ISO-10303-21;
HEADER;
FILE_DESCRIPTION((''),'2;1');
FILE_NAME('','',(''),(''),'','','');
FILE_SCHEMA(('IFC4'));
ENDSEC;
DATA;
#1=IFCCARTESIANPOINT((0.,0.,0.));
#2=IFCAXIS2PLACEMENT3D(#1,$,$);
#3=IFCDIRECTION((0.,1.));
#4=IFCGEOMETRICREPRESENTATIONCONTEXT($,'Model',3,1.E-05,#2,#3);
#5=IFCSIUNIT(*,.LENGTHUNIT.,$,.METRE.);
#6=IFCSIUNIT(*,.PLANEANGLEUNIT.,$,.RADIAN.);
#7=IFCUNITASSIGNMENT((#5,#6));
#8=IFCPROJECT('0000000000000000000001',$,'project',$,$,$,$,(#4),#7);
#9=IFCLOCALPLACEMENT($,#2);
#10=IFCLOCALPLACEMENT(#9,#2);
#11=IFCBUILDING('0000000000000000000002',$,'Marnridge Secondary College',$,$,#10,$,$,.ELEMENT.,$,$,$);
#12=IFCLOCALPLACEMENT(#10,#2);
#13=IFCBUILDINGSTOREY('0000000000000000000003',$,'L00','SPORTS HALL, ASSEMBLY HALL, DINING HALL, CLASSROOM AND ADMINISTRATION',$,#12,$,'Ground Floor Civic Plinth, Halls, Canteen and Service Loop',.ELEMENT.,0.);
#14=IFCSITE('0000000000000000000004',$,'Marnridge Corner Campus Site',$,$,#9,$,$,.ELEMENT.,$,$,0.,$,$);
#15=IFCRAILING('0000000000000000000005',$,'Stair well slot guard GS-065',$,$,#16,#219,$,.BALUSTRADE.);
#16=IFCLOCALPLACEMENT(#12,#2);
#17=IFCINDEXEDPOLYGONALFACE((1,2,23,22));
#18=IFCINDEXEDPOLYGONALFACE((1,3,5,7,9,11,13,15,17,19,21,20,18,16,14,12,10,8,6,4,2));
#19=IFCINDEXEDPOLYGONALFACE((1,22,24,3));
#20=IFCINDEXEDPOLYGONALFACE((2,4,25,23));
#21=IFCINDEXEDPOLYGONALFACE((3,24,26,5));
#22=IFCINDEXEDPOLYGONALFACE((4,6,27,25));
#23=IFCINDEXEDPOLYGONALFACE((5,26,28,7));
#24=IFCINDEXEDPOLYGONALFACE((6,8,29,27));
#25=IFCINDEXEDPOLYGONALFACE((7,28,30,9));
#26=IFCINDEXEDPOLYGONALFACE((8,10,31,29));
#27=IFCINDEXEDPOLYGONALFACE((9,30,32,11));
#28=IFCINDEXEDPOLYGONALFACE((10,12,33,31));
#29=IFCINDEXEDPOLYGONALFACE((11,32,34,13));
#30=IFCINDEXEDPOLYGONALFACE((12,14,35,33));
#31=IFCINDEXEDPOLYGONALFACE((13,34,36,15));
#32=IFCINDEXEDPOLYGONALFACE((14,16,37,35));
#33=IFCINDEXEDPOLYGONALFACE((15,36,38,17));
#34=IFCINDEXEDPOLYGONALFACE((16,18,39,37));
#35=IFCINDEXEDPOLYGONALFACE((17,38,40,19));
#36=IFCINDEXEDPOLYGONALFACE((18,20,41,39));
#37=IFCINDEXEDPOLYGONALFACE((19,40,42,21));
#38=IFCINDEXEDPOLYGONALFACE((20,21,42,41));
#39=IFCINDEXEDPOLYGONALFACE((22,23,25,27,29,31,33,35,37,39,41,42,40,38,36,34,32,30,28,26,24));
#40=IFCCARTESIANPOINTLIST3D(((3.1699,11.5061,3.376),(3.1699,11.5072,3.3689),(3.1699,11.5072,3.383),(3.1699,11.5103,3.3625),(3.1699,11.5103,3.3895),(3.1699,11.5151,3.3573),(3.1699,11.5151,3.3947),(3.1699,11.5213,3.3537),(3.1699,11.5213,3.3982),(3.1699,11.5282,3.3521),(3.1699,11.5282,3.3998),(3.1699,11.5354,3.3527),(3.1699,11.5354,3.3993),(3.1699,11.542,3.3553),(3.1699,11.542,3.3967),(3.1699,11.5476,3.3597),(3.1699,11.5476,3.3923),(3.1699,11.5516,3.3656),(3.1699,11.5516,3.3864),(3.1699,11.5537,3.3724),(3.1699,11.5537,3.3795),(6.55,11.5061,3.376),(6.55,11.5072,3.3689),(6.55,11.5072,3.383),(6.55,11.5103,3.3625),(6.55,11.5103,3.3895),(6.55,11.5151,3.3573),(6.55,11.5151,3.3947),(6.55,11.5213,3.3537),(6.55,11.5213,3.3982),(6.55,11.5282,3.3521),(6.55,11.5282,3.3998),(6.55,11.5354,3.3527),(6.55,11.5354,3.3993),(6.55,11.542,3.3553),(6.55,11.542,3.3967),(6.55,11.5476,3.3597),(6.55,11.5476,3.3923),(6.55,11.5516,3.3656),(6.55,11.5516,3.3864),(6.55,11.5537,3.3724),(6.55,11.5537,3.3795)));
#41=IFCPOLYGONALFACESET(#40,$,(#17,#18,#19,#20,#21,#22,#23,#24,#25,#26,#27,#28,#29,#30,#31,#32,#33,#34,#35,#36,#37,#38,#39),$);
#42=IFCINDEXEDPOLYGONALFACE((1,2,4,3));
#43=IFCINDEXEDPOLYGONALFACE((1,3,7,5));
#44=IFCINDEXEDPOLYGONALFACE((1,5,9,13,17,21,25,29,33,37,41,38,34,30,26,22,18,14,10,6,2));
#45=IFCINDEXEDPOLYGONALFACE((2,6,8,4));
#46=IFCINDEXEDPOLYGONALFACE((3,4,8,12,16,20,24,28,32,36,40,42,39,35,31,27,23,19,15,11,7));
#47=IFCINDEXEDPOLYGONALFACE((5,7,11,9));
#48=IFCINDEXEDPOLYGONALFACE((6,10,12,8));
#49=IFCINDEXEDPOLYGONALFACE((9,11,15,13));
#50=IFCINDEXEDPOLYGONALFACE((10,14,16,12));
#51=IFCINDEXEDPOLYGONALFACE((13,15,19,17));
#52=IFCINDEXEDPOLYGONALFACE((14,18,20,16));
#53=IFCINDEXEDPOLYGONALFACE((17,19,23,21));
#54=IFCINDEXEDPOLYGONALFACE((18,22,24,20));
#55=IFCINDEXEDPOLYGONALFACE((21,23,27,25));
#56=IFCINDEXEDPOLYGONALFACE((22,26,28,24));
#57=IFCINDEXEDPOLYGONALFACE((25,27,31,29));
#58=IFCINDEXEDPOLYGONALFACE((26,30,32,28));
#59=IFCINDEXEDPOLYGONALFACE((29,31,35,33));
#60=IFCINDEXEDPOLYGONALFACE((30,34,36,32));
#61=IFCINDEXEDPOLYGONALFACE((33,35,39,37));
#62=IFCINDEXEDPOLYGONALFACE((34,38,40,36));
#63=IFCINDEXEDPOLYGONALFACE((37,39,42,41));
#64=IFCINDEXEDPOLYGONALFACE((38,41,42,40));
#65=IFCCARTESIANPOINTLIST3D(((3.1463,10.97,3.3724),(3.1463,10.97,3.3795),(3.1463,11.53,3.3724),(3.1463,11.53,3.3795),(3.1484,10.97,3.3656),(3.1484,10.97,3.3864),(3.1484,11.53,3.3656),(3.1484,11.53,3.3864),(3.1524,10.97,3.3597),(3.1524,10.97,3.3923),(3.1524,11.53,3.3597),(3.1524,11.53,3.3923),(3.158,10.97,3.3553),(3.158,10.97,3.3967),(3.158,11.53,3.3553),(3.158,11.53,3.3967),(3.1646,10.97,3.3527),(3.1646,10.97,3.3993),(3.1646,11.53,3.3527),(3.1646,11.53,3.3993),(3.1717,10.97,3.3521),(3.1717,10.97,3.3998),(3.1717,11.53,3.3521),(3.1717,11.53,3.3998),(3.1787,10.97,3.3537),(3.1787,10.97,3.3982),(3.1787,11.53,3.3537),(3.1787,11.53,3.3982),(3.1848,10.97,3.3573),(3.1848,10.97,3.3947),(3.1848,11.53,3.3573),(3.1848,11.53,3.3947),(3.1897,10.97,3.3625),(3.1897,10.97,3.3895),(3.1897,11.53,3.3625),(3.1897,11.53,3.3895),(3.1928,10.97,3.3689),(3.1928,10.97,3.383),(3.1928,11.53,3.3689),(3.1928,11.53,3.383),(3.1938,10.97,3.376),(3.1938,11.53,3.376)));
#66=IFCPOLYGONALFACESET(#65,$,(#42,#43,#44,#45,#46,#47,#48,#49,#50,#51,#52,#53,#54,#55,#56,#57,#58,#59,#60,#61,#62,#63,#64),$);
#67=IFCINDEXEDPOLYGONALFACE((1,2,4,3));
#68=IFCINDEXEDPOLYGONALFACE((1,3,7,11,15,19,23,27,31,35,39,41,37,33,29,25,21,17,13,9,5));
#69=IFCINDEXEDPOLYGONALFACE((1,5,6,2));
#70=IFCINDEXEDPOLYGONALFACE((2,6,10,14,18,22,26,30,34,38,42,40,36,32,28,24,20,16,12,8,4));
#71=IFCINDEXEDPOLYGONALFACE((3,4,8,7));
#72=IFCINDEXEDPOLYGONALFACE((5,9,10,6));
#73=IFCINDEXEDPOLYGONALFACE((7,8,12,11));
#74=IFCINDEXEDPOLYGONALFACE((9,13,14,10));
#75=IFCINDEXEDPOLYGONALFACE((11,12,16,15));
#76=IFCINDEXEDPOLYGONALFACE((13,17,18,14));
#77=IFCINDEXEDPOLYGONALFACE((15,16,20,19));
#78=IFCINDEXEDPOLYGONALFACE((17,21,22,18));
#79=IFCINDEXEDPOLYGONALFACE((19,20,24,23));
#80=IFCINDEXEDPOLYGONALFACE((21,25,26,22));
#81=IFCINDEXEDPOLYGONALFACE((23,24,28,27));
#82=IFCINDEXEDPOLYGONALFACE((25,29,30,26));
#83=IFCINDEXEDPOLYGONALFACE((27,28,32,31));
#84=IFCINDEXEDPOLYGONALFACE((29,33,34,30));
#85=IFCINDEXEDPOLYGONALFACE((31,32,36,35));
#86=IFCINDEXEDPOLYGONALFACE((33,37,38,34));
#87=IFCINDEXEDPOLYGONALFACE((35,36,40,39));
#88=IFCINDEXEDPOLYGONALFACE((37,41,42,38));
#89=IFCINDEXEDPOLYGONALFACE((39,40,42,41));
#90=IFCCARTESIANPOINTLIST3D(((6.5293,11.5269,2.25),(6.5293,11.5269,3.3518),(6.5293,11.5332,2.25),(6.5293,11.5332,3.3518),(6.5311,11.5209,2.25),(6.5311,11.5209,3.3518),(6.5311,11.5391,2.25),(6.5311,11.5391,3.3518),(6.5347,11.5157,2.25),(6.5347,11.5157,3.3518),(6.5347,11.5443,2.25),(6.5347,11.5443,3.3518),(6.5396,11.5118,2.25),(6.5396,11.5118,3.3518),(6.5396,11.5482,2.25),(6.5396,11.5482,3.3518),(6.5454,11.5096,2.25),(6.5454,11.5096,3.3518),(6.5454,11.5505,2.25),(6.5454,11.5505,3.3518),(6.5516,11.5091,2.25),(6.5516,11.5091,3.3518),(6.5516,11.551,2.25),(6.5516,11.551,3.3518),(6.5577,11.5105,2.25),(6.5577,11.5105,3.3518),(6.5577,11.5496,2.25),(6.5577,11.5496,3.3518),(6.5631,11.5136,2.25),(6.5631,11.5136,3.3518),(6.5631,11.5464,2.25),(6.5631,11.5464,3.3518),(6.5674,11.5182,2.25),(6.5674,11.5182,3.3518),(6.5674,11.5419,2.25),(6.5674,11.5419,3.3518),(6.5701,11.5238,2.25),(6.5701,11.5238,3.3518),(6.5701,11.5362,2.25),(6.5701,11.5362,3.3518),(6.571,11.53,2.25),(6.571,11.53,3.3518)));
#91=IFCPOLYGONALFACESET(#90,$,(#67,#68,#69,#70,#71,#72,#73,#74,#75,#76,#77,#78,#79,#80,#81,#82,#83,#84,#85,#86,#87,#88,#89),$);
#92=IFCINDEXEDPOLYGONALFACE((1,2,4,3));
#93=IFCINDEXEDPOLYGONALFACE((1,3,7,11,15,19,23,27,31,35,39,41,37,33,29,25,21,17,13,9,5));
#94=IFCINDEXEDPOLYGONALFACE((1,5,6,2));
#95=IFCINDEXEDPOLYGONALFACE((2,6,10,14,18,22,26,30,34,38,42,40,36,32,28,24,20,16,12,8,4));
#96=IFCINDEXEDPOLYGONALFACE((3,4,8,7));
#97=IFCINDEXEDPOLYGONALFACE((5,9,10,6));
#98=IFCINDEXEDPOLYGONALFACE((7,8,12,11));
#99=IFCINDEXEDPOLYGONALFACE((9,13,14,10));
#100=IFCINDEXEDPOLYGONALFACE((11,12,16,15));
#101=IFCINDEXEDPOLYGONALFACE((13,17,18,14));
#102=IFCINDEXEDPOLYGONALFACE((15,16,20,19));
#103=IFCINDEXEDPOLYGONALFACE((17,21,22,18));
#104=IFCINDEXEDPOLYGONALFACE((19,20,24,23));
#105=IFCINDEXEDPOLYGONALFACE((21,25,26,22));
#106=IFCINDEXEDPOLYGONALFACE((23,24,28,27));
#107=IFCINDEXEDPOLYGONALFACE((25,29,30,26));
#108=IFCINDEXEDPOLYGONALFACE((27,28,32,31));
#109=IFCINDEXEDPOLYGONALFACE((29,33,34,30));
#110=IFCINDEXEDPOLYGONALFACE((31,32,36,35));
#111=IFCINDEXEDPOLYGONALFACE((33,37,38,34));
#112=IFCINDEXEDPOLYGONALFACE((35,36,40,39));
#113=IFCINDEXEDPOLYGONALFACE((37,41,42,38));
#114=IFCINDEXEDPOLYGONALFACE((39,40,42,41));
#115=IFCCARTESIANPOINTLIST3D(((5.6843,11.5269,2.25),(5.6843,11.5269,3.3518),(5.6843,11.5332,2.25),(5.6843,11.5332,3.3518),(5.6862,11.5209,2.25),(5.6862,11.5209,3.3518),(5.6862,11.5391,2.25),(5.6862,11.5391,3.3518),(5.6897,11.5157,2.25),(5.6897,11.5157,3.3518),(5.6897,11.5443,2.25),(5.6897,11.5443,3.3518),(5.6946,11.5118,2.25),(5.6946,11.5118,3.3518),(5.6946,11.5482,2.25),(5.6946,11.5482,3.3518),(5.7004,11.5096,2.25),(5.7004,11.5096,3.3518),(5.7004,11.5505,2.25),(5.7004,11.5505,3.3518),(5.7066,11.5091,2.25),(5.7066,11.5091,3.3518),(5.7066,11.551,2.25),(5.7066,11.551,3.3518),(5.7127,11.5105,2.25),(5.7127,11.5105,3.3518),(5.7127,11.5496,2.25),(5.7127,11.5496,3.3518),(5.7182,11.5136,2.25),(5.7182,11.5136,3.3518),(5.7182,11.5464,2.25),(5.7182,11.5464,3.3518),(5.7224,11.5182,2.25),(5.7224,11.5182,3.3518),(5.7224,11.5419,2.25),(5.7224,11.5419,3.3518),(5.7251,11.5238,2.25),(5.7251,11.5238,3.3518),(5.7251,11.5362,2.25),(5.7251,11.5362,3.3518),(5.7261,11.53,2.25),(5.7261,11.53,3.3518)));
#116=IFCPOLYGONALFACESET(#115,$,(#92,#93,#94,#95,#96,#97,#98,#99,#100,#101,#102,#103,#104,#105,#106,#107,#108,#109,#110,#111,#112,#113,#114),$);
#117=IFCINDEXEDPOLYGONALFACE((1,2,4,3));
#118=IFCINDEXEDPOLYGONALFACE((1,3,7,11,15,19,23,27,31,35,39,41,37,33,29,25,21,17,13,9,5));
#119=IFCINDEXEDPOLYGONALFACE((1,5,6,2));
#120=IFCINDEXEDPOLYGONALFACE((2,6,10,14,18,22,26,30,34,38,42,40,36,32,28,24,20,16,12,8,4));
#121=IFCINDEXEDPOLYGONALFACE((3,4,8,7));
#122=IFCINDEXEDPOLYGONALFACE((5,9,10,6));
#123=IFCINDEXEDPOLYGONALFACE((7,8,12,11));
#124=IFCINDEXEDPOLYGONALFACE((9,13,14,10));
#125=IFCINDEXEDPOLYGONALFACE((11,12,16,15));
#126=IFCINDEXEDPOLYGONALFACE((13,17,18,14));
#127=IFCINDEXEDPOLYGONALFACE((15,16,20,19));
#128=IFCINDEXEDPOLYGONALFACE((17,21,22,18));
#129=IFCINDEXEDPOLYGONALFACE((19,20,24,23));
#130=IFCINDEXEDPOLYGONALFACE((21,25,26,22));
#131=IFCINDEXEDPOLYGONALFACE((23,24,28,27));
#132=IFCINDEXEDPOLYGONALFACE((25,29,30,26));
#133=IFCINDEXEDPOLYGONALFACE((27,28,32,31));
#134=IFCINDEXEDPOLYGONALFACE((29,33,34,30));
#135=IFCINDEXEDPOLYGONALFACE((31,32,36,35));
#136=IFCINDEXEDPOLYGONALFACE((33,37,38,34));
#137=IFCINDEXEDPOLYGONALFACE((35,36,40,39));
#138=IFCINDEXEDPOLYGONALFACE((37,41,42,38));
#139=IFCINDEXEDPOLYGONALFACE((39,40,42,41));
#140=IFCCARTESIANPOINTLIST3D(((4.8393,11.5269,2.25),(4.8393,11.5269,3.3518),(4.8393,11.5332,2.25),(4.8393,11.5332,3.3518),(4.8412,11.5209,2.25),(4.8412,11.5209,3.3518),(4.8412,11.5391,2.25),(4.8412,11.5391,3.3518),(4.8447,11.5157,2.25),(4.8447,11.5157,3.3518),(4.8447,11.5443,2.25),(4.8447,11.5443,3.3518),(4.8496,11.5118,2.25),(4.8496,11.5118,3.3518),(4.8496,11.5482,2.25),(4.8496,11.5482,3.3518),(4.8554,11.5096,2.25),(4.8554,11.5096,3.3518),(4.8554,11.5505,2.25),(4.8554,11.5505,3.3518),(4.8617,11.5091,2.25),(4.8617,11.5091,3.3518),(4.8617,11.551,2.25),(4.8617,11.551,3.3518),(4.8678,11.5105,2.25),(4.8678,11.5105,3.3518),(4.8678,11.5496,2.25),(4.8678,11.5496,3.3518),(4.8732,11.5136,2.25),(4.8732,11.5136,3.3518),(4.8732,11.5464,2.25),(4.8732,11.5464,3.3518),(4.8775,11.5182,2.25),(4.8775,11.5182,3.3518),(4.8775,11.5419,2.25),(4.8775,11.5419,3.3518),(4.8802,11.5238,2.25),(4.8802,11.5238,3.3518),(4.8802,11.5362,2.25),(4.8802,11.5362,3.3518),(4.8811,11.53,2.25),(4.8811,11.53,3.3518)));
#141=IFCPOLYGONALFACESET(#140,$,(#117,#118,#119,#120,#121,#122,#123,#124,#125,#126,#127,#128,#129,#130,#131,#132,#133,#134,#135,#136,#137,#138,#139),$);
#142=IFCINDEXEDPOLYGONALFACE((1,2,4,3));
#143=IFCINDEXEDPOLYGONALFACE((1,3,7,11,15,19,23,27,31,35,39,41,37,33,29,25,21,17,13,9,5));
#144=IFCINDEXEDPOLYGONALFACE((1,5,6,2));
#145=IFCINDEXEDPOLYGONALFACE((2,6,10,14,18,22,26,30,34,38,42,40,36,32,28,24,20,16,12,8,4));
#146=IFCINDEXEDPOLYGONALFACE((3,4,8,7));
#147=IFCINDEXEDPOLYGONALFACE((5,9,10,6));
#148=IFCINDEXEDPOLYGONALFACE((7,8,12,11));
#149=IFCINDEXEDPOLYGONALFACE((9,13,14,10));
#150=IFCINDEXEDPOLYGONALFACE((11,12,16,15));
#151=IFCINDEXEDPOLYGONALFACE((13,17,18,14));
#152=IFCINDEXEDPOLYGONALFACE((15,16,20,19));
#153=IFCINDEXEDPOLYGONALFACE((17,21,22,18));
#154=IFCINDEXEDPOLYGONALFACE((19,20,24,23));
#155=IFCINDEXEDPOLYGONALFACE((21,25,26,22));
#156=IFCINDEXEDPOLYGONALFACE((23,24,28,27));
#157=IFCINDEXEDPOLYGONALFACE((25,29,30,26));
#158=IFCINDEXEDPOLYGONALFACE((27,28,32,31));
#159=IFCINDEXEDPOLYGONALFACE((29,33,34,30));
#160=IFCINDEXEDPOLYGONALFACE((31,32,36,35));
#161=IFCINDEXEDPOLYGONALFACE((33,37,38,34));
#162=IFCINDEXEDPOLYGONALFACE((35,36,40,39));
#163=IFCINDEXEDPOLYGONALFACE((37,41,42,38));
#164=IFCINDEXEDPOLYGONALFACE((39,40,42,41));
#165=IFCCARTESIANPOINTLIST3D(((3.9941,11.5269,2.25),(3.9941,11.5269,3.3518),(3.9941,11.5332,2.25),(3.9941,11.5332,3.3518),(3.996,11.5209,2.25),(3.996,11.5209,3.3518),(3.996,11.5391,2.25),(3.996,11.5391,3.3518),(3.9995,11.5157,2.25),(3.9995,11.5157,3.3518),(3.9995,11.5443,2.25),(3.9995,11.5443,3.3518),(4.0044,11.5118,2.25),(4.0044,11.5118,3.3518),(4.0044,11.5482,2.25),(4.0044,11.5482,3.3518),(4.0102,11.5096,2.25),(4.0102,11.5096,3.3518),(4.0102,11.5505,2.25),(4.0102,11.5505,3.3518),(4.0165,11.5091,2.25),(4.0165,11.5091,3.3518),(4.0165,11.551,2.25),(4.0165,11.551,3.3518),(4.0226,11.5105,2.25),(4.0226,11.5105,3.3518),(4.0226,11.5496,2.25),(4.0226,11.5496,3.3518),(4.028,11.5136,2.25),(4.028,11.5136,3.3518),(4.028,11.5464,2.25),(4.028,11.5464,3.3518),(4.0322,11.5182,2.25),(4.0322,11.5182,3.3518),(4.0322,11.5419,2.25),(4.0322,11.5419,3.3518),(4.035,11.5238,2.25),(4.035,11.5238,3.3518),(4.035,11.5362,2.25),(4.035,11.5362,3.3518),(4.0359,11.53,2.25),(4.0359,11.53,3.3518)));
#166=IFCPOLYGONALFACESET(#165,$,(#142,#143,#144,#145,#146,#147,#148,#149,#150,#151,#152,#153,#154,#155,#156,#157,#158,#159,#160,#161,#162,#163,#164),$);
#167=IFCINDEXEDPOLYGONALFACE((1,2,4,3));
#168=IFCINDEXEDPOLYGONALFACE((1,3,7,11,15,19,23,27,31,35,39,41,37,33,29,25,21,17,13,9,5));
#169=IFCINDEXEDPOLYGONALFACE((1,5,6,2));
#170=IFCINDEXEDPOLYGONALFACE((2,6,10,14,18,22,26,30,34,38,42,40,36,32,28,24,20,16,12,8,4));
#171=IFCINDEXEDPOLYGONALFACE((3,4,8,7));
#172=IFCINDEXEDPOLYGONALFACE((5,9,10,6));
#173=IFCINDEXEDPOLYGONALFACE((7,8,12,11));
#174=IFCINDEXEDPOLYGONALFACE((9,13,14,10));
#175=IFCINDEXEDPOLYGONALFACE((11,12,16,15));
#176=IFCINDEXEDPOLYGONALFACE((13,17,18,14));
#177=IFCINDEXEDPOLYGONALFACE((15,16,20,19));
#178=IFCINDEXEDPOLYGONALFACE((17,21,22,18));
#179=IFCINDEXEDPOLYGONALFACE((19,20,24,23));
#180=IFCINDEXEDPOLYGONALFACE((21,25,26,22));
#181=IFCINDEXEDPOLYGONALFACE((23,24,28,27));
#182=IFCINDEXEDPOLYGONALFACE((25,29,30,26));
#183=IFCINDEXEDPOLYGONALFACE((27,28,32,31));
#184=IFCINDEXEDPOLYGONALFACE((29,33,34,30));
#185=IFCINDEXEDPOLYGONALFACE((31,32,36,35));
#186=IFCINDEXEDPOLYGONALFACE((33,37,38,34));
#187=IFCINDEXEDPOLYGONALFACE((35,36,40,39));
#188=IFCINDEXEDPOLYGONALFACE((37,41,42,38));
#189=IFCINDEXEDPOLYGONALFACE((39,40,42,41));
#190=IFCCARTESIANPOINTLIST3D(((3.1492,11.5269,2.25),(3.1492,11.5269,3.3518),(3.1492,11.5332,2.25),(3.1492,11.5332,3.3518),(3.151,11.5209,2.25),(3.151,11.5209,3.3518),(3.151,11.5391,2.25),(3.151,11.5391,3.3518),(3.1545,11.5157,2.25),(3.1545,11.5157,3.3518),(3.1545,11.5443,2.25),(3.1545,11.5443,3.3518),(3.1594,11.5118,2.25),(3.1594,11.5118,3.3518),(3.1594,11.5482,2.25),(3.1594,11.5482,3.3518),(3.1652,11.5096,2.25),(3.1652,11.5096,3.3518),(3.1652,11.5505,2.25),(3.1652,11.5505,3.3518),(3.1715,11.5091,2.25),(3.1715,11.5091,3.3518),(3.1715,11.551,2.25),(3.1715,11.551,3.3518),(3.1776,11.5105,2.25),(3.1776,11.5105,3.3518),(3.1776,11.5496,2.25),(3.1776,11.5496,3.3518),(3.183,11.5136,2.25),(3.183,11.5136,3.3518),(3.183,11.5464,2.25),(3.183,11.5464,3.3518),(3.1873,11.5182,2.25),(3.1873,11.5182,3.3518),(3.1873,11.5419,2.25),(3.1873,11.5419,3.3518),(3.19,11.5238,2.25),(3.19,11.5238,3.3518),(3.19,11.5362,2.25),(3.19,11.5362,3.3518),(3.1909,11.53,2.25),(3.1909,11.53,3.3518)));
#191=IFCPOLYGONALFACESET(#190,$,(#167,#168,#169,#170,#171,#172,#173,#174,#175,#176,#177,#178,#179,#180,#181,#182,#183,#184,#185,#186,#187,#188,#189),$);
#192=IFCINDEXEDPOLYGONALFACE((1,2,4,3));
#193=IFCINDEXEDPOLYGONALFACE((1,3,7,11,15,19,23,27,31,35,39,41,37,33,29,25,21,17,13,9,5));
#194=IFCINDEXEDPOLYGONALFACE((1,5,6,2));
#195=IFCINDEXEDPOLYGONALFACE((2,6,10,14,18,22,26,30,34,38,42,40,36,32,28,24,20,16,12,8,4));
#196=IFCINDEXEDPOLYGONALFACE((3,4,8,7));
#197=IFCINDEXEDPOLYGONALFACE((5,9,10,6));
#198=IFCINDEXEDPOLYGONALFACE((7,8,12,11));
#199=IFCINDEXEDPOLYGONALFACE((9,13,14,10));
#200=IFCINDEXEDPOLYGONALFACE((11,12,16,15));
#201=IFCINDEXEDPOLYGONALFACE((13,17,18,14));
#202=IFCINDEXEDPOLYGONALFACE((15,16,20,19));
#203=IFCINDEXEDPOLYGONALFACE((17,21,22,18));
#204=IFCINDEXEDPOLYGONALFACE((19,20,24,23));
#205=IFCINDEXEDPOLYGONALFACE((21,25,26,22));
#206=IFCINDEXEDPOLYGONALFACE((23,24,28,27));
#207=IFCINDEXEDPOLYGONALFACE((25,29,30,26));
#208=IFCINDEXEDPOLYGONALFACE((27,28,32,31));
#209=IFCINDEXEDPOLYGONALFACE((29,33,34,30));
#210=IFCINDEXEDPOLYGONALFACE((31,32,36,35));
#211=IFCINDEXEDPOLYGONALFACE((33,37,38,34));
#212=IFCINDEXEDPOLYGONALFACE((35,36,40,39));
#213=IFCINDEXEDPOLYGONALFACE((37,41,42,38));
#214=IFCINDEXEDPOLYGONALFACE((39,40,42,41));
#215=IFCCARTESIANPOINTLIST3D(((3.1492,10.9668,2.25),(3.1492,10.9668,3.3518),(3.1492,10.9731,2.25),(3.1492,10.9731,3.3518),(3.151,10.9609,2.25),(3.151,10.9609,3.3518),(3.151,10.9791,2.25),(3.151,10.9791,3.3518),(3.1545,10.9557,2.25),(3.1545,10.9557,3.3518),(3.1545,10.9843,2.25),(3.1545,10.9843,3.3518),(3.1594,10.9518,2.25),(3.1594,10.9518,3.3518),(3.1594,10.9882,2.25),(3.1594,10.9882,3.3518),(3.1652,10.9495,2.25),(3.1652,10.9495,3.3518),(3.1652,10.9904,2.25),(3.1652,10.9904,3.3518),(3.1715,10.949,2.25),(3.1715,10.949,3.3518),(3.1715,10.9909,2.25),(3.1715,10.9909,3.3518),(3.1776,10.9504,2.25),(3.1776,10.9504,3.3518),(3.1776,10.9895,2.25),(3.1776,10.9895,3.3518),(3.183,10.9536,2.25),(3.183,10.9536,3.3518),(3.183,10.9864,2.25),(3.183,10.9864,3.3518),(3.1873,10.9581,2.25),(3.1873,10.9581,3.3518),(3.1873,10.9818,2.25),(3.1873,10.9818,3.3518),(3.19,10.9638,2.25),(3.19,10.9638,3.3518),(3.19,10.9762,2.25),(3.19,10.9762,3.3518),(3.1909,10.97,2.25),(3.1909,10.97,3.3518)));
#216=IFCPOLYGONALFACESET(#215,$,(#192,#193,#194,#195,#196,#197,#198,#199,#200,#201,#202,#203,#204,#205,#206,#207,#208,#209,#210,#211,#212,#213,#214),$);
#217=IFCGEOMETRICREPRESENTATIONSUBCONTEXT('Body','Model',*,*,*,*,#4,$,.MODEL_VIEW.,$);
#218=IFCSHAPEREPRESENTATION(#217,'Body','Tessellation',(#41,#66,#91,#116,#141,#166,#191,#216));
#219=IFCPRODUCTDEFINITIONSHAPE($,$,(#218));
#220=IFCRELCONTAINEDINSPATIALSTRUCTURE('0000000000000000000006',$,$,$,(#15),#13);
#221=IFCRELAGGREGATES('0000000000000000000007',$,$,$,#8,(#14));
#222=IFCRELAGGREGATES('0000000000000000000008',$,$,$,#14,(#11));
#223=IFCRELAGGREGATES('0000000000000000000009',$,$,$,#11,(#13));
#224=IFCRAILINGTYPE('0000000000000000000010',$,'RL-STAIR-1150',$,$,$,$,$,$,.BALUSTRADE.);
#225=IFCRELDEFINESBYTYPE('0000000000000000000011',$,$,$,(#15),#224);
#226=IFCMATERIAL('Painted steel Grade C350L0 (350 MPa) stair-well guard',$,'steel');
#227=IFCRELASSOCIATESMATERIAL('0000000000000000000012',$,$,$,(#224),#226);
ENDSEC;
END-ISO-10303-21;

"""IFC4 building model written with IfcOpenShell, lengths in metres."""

from ifc_helpers import new_model, si_unit, direction, frame, origin, origin_2d, place, context, subcontext, project, spatial, circle, extrude, material, type_object, element, save


model = new_model("IFC4")

# Units and contexts
model_context = context("Model", 3, precision=1e-05, world=origin(), true_north=direction((0.0, 1.0)))
body_context = subcontext(model_context, "Body", "Model", "MODEL_VIEW")
ifc_project = project(units=[si_unit("LENGTHUNIT", "METRE"), si_unit("PLANEANGLEUNIT", "RADIAN")], contexts=[model_context])

# Site, building, storey
site_placement = place(None, origin())
site = spatial("IfcSite", under=ifc_project, at=site_placement, Name="Marnridge Corner Campus Site", CompositionType="ELEMENT", RefElevation=0.0)
building_placement = place(site_placement, origin())
building = spatial("IfcBuilding", under=site, at=building_placement, Name="Marnridge Secondary College", CompositionType="ELEMENT")
storey_placement = place(building_placement, origin())
storey = spatial("IfcBuildingStorey", under=building, at=storey_placement, Name="L00", Description="SPORTS HALL, ASSEMBLY HALL, DINING HALL, CLASSROOM AND ADMINISTRATION", LongName="Ground Floor Civic Plinth, Halls, Canteen and Service Loop", CompositionType="ELEMENT", Elevation=0.0)

# Railing
ifc_material_1 = material(Name="Painted steel Grade C350L0 (350 MPa) stair-well guard", Category="steel")
railing_type_1 = type_object("IfcRailingType", Name="RL-STAIR-1150", PredefinedType="BALUSTRADE", material=ifc_material_1)
railing_placement = place(storey_placement, frame((6.55, 11.53, 2.25)))
element("IfcRailing", 1, at=railing_placement, inside=storey, type_object=railing_type_1, Name="Stair well slot guard GS-065", PredefinedType="BALUSTRADE", context=body_context, shape_type="SweptSolid", body=[
    extrude(circle(Radius=0.0239, at=origin_2d()), frame((0.0, 0.0, 1.126), z_axis=(-1.0, 0.0, 0.0), x_axis=(0.0, -1.0, 0.0)), (0.0, 0.0, 1.0), 3.3801),
    extrude(circle(Radius=0.0239, at=origin_2d()), frame((-3.3801, 0.0, 1.126), z_axis=(0.0, -1.0, 0.0), x_axis=(1.0, 0.0, 0.0)), (0.0, 0.0, 1.0), 0.5601),
    extrude(circle(Radius=0.021, at=origin_2d()), origin(), (0.0, 0.0, 1.0), 1.1018),
    extrude(circle(Radius=0.021, at=origin_2d()), frame((-0.845, 0.0, 0.0)), (0.0, 0.0, 1.0), 1.1018),
    extrude(circle(Radius=0.021, at=origin_2d()), frame((-1.6899, 0.0, 0.0)), (0.0, 0.0, 1.0), 1.1018),
    extrude(circle(Radius=0.021, at=origin_2d()), frame((-2.5352, 0.0, 0.0)), (0.0, 0.0, 1.0), 1.1018),
    extrude(circle(Radius=0.021, at=origin_2d()), frame((-3.3801, 0.0, 0.0)), (0.0, 0.0, 1.0), 1.1018),
    extrude(circle(Radius=0.021, at=origin_2d()), frame((-3.3801, -0.5601, 0.0)), (0.0, 0.0, 1.0), 1.1018),
])

save(model, "model.ifc")
